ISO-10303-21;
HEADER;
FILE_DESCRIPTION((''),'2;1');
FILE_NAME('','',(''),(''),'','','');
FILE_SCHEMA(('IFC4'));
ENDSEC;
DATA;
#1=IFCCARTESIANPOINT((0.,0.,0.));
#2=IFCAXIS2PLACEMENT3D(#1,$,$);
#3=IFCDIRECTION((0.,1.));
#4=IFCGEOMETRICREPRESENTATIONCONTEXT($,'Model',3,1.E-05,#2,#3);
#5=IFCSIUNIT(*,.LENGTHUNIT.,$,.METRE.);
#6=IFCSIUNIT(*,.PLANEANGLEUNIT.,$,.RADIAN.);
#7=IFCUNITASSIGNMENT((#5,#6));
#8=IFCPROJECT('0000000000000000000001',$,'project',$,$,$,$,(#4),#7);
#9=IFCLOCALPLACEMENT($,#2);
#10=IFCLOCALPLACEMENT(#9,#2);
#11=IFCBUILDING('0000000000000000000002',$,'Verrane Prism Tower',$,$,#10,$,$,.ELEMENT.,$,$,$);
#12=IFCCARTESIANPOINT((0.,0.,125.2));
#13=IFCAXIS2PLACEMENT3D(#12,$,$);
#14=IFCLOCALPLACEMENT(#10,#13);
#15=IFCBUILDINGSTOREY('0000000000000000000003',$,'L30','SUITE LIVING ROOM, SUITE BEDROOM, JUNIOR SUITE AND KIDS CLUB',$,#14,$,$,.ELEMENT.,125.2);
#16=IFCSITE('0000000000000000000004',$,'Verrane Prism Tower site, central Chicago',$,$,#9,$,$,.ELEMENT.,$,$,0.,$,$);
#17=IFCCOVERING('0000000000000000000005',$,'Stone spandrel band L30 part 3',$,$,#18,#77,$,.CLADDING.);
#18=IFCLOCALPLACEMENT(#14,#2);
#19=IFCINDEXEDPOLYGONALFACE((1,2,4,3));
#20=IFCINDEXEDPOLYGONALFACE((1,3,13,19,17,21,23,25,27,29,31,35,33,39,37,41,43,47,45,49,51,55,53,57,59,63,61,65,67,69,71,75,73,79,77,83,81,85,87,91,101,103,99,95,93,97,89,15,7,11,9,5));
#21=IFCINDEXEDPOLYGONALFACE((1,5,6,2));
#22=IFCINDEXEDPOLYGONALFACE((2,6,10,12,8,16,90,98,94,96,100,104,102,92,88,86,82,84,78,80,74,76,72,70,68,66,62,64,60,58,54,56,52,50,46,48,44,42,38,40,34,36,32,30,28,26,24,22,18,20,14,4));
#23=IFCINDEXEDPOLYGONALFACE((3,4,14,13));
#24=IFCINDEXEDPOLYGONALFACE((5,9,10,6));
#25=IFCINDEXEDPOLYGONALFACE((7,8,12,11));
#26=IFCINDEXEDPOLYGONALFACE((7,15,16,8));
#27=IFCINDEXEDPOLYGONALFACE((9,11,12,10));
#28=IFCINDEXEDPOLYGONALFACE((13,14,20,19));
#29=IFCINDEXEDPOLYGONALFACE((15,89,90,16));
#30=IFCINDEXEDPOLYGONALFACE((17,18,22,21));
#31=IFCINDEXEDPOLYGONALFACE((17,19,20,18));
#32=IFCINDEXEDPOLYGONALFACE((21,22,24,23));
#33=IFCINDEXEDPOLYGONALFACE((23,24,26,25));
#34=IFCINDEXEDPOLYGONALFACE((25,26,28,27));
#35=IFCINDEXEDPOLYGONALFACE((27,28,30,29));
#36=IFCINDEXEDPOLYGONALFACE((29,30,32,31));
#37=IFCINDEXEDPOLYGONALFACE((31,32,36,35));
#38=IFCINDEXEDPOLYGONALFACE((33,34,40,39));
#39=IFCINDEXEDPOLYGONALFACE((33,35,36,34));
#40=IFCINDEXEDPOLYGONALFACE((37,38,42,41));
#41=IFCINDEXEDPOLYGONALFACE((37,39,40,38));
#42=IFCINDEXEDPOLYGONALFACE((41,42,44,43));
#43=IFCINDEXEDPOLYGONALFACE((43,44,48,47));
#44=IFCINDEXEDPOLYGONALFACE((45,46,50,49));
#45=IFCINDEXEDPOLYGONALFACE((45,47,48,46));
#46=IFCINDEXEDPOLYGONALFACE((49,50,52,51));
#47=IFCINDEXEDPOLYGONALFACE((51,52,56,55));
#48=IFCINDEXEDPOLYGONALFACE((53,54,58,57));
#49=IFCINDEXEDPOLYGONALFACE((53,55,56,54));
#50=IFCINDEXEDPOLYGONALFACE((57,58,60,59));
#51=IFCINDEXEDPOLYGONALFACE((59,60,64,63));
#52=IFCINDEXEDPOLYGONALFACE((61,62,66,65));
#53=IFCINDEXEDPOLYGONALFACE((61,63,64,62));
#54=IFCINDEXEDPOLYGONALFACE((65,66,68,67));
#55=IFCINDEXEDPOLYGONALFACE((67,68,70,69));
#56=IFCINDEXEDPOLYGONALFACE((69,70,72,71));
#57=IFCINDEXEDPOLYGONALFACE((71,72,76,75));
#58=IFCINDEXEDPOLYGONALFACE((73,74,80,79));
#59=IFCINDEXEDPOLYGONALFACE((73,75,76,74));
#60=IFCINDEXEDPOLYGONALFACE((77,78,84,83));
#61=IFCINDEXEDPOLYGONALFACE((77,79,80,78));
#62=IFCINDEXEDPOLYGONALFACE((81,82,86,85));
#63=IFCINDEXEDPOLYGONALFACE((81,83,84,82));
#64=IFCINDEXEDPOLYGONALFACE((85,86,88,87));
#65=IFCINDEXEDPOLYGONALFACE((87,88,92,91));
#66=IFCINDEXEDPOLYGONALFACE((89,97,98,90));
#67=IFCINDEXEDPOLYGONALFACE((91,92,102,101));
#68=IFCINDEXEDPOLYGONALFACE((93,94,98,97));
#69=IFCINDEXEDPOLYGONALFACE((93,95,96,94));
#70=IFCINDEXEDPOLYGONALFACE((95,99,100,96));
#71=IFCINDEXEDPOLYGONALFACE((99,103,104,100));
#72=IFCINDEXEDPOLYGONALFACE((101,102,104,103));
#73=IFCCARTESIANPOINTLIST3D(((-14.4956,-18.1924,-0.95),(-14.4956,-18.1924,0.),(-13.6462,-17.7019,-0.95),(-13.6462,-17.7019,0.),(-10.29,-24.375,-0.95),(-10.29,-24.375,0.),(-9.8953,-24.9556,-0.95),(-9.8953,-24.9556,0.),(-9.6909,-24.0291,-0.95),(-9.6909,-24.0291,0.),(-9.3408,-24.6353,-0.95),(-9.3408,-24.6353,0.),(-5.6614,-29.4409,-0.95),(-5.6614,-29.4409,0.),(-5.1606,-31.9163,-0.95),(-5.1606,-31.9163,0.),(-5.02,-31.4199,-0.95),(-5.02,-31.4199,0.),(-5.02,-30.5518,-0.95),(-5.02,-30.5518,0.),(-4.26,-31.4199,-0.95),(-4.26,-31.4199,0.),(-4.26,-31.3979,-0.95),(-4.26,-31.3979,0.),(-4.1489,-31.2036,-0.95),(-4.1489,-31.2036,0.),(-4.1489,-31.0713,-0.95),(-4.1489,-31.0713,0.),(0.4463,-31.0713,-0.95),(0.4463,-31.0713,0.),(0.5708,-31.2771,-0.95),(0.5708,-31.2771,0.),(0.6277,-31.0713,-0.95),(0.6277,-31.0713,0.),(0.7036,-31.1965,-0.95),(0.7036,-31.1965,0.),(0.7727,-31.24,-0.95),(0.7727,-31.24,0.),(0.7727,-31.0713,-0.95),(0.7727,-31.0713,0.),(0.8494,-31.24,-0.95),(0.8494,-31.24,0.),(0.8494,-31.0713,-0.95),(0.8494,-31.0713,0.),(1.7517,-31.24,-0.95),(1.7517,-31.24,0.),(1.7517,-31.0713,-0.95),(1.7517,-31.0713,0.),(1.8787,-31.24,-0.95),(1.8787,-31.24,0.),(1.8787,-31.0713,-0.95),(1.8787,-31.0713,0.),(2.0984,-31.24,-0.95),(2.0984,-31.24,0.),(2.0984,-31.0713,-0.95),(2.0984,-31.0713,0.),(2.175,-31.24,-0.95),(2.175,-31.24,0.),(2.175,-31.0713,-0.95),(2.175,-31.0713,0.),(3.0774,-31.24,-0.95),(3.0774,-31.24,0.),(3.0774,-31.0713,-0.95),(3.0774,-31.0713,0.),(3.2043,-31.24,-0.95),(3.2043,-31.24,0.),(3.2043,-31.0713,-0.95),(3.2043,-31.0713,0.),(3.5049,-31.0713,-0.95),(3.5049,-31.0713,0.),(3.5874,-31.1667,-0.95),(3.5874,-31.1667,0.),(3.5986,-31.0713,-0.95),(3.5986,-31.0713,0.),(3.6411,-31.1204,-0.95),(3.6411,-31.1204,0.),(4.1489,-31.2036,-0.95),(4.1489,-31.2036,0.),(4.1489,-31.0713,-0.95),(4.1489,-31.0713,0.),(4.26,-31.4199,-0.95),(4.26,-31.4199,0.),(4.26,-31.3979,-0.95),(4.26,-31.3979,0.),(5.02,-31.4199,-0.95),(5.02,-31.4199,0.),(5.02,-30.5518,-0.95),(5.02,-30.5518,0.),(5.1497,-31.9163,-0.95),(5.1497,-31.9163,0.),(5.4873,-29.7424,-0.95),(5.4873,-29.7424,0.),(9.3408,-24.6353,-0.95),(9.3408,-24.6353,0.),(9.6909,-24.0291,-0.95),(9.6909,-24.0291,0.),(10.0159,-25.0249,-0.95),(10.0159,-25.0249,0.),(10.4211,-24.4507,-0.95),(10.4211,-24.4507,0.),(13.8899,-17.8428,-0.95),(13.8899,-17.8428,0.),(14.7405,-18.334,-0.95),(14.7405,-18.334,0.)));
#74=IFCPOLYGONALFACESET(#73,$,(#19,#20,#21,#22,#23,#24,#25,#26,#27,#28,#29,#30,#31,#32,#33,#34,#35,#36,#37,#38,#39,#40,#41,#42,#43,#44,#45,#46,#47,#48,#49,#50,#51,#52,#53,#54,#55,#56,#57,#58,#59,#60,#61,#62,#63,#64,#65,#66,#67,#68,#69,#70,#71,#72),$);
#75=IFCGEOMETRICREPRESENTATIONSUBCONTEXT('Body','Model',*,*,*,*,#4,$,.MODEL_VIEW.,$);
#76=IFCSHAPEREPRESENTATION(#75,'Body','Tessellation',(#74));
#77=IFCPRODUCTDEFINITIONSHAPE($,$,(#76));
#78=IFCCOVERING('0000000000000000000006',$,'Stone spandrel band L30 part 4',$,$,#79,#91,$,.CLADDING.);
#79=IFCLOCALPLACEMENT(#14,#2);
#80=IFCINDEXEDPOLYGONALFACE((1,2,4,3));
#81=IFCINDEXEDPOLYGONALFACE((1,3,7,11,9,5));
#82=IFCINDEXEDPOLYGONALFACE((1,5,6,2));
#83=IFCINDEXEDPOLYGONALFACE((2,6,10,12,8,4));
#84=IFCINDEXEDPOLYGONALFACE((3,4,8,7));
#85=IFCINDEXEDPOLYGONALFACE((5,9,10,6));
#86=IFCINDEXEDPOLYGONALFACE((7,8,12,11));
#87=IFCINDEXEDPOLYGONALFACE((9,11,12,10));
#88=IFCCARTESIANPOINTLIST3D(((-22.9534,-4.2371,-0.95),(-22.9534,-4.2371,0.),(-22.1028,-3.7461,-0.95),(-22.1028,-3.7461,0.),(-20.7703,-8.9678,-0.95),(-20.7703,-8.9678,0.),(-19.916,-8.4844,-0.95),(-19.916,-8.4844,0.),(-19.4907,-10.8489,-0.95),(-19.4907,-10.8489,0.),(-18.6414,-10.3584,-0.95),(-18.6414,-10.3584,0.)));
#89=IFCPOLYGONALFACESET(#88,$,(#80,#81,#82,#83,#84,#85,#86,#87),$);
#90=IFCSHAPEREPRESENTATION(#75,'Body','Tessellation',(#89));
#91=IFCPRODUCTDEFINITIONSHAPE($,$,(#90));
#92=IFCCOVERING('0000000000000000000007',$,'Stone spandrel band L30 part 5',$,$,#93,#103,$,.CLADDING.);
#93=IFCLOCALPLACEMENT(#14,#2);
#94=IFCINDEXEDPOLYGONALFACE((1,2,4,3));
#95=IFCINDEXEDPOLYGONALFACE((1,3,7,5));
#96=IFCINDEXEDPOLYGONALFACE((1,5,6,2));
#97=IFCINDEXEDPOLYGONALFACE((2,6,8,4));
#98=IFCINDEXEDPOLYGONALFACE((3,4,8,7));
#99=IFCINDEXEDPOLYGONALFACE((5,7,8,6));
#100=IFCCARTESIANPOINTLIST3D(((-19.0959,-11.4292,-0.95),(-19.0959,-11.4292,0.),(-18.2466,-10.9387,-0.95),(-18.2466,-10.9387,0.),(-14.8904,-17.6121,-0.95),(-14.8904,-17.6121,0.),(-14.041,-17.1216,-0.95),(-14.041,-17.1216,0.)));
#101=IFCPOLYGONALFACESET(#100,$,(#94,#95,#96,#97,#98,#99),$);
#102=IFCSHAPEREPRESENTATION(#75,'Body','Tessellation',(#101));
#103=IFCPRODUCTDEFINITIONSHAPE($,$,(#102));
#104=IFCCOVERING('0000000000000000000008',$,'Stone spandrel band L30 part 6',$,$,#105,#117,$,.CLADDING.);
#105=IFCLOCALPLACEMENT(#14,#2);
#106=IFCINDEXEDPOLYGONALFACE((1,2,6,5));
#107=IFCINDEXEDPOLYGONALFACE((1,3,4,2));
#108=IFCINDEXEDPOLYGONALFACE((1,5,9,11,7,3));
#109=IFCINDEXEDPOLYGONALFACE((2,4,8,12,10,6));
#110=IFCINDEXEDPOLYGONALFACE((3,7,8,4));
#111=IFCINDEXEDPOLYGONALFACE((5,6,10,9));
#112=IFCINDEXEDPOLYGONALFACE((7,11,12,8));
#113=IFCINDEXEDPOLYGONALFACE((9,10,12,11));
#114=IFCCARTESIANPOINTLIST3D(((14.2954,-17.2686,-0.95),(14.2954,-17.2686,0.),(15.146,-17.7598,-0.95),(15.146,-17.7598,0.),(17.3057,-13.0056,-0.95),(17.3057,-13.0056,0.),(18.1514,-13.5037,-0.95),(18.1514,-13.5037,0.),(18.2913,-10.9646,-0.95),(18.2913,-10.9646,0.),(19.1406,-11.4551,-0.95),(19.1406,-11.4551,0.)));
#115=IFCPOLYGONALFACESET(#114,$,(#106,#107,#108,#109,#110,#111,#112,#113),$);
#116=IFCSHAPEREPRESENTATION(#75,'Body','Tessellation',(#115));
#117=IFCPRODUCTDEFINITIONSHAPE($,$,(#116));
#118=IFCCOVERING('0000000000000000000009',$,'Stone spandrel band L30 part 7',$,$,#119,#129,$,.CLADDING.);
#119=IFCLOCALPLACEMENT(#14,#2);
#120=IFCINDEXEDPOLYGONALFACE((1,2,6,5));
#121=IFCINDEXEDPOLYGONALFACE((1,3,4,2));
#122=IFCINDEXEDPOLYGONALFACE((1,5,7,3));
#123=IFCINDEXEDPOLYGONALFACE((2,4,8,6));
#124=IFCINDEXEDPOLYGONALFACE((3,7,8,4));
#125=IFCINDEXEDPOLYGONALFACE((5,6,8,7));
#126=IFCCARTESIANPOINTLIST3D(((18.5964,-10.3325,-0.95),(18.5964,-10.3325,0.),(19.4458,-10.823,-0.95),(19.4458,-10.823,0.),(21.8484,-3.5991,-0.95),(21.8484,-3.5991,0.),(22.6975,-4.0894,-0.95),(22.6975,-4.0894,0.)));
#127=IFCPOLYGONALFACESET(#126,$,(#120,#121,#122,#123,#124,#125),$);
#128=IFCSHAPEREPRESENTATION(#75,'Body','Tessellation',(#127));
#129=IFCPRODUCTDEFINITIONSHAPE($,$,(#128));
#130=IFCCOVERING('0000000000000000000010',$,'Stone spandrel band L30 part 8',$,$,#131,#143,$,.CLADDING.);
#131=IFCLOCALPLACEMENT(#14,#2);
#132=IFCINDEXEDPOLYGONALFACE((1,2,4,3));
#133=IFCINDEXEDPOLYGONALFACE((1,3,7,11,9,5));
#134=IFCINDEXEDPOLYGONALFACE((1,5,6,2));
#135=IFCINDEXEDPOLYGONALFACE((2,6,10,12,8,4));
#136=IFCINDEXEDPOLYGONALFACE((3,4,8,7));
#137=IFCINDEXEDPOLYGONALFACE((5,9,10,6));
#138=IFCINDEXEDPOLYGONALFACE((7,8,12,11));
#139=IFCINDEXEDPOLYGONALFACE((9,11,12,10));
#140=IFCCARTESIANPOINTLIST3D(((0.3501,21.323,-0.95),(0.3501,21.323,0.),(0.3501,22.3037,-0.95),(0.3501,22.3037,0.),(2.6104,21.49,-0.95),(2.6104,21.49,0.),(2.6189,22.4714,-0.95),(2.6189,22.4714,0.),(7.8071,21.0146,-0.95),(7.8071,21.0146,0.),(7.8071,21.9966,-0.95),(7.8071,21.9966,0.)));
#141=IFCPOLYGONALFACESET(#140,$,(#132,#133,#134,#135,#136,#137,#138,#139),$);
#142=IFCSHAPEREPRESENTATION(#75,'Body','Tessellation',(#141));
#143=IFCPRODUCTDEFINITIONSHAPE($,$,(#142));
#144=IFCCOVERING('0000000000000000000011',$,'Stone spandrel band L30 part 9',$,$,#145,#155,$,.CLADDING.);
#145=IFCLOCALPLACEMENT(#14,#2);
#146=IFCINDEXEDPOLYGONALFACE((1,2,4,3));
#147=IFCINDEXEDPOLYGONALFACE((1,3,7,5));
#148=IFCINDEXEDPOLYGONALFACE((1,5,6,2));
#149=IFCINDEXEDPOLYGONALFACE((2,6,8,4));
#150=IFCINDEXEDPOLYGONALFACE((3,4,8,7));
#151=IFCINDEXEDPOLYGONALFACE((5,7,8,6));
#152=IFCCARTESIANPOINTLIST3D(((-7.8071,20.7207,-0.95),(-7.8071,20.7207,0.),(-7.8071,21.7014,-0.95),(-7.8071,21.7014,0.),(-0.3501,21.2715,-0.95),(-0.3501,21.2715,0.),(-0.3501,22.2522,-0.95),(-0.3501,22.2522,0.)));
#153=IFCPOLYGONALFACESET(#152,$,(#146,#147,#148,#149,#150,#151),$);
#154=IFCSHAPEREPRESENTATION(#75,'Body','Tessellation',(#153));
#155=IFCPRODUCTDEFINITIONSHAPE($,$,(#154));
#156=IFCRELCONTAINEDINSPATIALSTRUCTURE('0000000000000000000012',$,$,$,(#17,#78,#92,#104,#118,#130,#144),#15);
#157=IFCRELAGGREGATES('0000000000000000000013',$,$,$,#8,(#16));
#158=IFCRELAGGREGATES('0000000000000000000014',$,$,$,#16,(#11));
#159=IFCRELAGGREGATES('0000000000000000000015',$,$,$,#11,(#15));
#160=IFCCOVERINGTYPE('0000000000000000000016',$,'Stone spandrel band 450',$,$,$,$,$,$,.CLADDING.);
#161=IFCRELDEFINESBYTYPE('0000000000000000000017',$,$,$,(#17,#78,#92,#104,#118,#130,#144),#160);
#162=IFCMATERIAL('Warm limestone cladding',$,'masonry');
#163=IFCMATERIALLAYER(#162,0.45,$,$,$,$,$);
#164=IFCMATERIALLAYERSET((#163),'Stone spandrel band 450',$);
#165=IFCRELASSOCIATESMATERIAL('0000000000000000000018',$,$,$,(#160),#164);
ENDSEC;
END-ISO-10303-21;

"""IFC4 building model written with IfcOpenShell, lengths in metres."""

from ifc_helpers import new_model, si_unit, direction, frame, origin, place, context, subcontext, project, spatial, polyline, outline, extrude, material, layer, layer_set, type_object, element, save


model = new_model("IFC4")

# Units and contexts
model_context = context("Model", 3, precision=1e-05, world=origin(), true_north=direction((0.0, 1.0)))
body_context = subcontext(model_context, "Body", "Model", "MODEL_VIEW")
ifc_project = project(units=[si_unit("LENGTHUNIT", "METRE"), si_unit("PLANEANGLEUNIT", "RADIAN")], contexts=[model_context])

# Site, building, storey
site_placement = place(None, origin())
site = spatial("IfcSite", under=ifc_project, at=site_placement, Name="Verrane Prism Tower site, central Chicago", CompositionType="ELEMENT", RefElevation=0.0)
building_placement = place(site_placement, origin())
building = spatial("IfcBuilding", under=site, at=building_placement, Name="Verrane Prism Tower", CompositionType="ELEMENT")
storey_placement = place(building_placement, frame((0.0, 0.0, 125.2)))
storey = spatial("IfcBuildingStorey", under=building, at=storey_placement, Name="L30", Description="SUITE LIVING ROOM, SUITE BEDROOM, JUNIOR SUITE AND KIDS CLUB", CompositionType="ELEMENT", Elevation=125.2)

# Coverings
ifc_material_1 = material(Name="Warm limestone cladding", Category="masonry")
ifc_layer_1 = layer(ifc_material_1, 0.45)
ifc_layer_set_1 = layer_set([ifc_layer_1], Name="Stone spandrel band 450")
covering_type = type_object("IfcCoveringType", Name="Stone spandrel band 450", PredefinedType="CLADDING", material=ifc_layer_set_1)
covering_1_placement = place(storey_placement, frame((0.0, 0.0, -0.95)))
element("IfcCovering", 1, at=covering_1_placement, inside=storey, type_object=covering_type, Name="Stone spandrel band L30 part 3", PredefinedType="CLADDING", context=body_context, shape_type="SweptSolid", body=[
    extrude(outline(polyline([(5.1497, -31.9163), (10.0159, -25.0249), (9.3408, -24.6353), (9.6909, -24.0291), (10.4211, -24.4507), (14.7405, -18.334), (13.8899, -17.8428), (5.4873, -29.7424), (5.02, -30.5518), (5.02, -31.4199), (4.26, -31.4199), (4.26, -31.3979), (4.1489, -31.2036), (4.1489, -31.0713), (3.5986, -31.0713), (3.6411, -31.1204), (3.5874, -31.1667), (3.5049, -31.0713), (3.2043, -31.0713), (3.2043, -31.24), (3.0774, -31.24), (3.0774, -31.0713), (2.175, -31.0713), (2.175, -31.24), (2.0984, -31.24), (2.0984, -31.0713), (1.8787, -31.0713), (1.8787, -31.24), (1.7517, -31.24), (1.7517, -31.0713), (0.8494, -31.0713), (0.8494, -31.24), (0.7727, -31.24), (0.7727, -31.0713), (0.6277, -31.0713), (0.7036, -31.1965), (0.5708, -31.2771), (0.4463, -31.0713), (-4.1489, -31.0713), (-4.1489, -31.2036), (-4.26, -31.3979), (-4.26, -31.4199), (-5.02, -31.4199), (-5.02, -30.5518), (-5.6614, -29.4409), (-13.6462, -17.7019), (-14.4956, -18.1924), (-10.29, -24.375), (-9.6909, -24.0291), (-9.3408, -24.6353), (-9.8953, -24.9556), (-5.1606, -31.9163), (5.1497, -31.9163)])), origin(), (0.0, 0.0, 1.0), 0.95),
])
covering_2_placement = place(storey_placement, frame((0.0, 0.0, -0.95)))
element("IfcCovering", 2, at=covering_2_placement, inside=storey, type_object=covering_type, Name="Stone spandrel band L30 part 4", PredefinedType="CLADDING", context=body_context, shape_type="SweptSolid", body=[
    extrude(outline(polyline([(-18.6414, -10.3584), (-19.916, -8.4844), (-22.1028, -3.7461), (-22.9534, -4.2371), (-20.7703, -8.9678), (-19.4907, -10.8489), (-18.6414, -10.3584)])), origin(), (0.0, 0.0, 1.0), 0.95),
])
covering_3_placement = place(storey_placement, frame((0.0, 0.0, -0.95)))
element("IfcCovering", 3, at=covering_3_placement, inside=storey, type_object=covering_type, Name="Stone spandrel band L30 part 5", PredefinedType="CLADDING", context=body_context, shape_type="SweptSolid", body=[
    extrude(outline(polyline([(-14.8904, -17.6121), (-14.041, -17.1216), (-18.2466, -10.9387), (-19.0959, -11.4292), (-14.8904, -17.6121)])), origin(), (0.0, 0.0, 1.0), 0.95),
])
covering_4_placement = place(storey_placement, frame((0.0, 0.0, -0.95)))
element("IfcCovering", 4, at=covering_4_placement, inside=storey, type_object=covering_type, Name="Stone spandrel band L30 part 6", PredefinedType="CLADDING", context=body_context, shape_type="SweptSolid", body=[
    extrude(outline(polyline([(19.1406, -11.4551), (18.2913, -10.9646), (17.3057, -13.0056), (14.2954, -17.2686), (15.146, -17.7598), (18.1514, -13.5037), (19.1406, -11.4551)])), origin(), (0.0, 0.0, 1.0), 0.95),
])
covering_5_placement = place(storey_placement, frame((0.0, 0.0, -0.95)))
element("IfcCovering", 5, at=covering_5_placement, inside=storey, type_object=covering_type, Name="Stone spandrel band L30 part 7", PredefinedType="CLADDING", context=body_context, shape_type="SweptSolid", body=[
    extrude(outline(polyline([(22.6975, -4.0894), (21.8484, -3.5991), (18.5964, -10.3325), (19.4458, -10.823), (22.6975, -4.0894)])), origin(), (0.0, 0.0, 1.0), 0.95),
])
covering_6_placement = place(storey_placement, frame((0.0, 0.0, -0.95)))
element("IfcCovering", 6, at=covering_6_placement, inside=storey, type_object=covering_type, Name="Stone spandrel band L30 part 8", PredefinedType="CLADDING", context=body_context, shape_type="SweptSolid", body=[
    extrude(outline(polyline([(0.3501, 22.3037), (0.3501, 21.323), (2.6104, 21.49), (7.8071, 21.0146), (7.8071, 21.9966), (2.6189, 22.4714), (0.3501, 22.3037)])), origin(), (0.0, 0.0, 1.0), 0.95),
])
covering_7_placement = place(storey_placement, frame((0.0, 0.0, -0.95)))
element("IfcCovering", 7, at=covering_7_placement, inside=storey, type_object=covering_type, Name="Stone spandrel band L30 part 9", PredefinedType="CLADDING", context=body_context, shape_type="SweptSolid", body=[
    extrude(outline(polyline([(-7.8071, 20.7207), (-0.3501, 21.2715), (-0.3501, 22.2522), (-7.8071, 21.7014), (-7.8071, 20.7207)])), origin(), (0.0, 0.0, 1.0), 0.95),
])

save(model, "model.ifc")
